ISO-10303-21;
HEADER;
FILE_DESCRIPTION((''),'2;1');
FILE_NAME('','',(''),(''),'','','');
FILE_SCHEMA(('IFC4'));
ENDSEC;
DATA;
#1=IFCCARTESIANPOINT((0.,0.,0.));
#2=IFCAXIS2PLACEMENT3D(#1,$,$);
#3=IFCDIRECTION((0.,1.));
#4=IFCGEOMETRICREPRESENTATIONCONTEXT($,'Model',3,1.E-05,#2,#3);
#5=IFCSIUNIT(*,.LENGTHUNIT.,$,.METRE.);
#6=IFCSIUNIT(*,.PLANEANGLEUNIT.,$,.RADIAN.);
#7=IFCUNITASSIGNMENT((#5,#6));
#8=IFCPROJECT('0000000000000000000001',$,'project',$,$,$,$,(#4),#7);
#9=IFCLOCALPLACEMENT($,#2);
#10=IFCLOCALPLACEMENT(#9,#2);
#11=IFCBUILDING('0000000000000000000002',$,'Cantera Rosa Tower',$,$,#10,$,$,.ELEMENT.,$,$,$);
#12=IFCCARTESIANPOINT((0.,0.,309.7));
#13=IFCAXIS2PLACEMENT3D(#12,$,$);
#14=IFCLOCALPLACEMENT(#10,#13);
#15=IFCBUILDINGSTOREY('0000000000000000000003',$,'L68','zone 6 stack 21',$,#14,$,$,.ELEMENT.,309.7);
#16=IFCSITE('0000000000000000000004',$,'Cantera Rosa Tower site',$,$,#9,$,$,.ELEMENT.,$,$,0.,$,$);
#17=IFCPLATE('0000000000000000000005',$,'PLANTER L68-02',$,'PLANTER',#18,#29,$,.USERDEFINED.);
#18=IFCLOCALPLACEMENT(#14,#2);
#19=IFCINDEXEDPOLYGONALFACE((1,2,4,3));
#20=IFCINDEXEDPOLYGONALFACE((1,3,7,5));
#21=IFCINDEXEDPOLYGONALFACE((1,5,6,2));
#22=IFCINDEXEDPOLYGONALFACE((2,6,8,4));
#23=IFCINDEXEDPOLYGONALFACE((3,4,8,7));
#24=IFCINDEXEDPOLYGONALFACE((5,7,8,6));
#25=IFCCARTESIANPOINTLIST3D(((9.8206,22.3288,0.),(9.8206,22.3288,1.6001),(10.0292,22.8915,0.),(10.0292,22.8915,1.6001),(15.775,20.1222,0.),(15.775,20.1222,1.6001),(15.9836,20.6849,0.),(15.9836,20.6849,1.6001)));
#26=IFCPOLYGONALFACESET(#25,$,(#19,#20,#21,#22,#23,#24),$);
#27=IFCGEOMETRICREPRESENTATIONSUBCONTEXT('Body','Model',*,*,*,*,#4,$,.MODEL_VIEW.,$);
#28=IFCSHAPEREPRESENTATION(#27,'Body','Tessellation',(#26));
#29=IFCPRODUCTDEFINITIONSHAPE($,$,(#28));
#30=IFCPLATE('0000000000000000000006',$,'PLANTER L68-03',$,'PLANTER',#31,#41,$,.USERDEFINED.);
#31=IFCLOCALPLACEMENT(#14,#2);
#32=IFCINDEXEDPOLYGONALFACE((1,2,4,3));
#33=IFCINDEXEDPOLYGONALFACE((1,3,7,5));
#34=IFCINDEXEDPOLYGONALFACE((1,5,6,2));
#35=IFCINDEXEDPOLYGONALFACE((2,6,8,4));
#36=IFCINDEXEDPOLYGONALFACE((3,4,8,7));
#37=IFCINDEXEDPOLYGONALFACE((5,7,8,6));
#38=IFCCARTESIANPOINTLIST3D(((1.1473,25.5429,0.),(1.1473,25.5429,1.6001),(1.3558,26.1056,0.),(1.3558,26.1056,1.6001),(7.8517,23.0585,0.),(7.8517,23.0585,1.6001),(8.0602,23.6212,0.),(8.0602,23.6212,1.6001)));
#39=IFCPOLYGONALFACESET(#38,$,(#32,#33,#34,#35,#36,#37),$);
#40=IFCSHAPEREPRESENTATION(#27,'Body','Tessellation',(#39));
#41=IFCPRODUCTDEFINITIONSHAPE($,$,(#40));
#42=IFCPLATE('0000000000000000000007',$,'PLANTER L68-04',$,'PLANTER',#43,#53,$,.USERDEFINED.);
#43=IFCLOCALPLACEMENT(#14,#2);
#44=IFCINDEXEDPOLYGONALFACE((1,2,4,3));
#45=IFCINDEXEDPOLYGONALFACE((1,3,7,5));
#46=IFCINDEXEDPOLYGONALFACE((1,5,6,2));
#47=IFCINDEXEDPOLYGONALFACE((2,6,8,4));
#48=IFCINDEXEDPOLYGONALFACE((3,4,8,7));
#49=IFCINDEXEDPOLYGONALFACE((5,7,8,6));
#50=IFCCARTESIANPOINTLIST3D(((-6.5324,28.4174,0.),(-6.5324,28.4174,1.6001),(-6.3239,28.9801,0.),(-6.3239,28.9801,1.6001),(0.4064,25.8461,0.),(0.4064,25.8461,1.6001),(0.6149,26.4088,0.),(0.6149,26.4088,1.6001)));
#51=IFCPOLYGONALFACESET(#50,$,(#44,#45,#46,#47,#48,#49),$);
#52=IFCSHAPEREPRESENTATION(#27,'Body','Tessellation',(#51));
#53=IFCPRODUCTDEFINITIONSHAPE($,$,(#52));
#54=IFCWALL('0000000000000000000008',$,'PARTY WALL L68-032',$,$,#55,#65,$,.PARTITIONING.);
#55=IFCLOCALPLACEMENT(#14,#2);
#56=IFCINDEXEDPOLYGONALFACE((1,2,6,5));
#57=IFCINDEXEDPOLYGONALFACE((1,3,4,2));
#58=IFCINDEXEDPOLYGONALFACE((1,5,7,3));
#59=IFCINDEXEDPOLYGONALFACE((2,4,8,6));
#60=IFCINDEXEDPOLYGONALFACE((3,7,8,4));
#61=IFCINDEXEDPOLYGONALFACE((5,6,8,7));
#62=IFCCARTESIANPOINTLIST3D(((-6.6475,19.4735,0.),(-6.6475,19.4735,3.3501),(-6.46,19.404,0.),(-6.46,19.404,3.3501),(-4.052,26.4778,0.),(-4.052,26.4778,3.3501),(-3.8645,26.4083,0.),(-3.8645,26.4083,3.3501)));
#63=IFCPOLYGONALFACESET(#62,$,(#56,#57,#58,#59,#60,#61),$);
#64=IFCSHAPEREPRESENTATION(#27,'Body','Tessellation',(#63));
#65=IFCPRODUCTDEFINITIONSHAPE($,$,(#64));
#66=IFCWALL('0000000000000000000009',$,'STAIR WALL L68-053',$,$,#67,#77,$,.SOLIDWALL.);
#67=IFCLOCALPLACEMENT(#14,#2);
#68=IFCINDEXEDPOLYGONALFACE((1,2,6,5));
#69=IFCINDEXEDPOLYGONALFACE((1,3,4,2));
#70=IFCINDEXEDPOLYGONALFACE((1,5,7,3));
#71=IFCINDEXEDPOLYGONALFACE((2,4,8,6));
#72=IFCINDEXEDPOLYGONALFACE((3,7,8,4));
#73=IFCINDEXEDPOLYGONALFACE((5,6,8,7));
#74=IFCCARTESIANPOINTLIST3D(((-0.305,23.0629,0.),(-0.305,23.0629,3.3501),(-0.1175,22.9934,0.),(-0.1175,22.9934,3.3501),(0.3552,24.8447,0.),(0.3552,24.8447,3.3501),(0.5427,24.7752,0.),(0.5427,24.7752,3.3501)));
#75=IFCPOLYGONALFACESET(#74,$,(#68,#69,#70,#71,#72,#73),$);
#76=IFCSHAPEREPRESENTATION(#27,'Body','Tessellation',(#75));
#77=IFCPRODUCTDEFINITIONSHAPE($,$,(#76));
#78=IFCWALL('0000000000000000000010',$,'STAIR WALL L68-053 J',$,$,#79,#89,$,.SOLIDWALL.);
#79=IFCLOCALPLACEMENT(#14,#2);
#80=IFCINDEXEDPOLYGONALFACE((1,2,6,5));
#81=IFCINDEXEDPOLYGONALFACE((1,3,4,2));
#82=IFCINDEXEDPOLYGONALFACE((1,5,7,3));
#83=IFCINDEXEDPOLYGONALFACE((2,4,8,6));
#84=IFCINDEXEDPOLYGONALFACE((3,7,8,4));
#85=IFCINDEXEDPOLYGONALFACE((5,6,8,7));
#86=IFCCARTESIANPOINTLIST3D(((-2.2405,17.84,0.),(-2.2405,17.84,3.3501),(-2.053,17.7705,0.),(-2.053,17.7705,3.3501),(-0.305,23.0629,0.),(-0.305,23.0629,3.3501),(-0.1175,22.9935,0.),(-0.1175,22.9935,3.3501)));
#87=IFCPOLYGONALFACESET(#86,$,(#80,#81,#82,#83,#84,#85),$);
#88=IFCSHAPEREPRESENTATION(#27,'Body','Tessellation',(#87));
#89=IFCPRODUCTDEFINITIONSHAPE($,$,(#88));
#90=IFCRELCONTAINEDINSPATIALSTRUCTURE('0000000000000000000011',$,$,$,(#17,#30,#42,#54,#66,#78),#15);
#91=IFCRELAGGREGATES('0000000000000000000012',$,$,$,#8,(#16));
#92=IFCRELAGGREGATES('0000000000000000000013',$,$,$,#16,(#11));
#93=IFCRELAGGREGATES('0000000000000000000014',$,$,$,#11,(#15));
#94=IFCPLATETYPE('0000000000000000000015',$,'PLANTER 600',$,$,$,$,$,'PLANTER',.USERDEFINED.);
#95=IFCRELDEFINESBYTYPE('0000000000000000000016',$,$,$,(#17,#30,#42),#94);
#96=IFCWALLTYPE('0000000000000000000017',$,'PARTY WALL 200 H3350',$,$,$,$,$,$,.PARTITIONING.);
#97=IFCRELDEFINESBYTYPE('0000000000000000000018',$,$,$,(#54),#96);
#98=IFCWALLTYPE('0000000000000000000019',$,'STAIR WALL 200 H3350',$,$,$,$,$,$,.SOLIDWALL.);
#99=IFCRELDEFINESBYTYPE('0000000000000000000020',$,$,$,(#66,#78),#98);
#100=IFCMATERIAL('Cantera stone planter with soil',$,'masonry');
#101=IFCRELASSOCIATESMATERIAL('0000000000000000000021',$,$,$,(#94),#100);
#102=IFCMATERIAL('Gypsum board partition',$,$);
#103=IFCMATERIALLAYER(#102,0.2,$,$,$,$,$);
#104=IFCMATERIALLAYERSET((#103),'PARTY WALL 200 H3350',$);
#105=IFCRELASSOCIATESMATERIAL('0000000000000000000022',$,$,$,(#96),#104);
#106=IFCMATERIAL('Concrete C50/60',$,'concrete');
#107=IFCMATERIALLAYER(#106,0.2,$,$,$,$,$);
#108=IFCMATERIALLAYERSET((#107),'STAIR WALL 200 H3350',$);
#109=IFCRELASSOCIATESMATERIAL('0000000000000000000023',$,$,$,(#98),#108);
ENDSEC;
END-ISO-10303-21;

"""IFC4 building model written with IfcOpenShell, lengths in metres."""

from ifc_helpers import new_model, si_unit, direction, frame, frame_2d, origin, origin_2d, place, context, subcontext, project, spatial, rectangle, extrude, material, layer, layer_set, type_object, element, save


model = new_model("IFC4")

# Units and contexts
model_context = context("Model", 3, precision=1e-05, world=origin(), true_north=direction((0.0, 1.0)))
body_context = subcontext(model_context, "Body", "Model", "MODEL_VIEW")
ifc_project = project(units=[si_unit("LENGTHUNIT", "METRE"), si_unit("PLANEANGLEUNIT", "RADIAN")], contexts=[model_context])

# Site, building, storey
site_placement = place(None, origin())
site = spatial("IfcSite", under=ifc_project, at=site_placement, Name="Cantera Rosa Tower site", CompositionType="ELEMENT", RefElevation=0.0)
building_placement = place(site_placement, origin())
building = spatial("IfcBuilding", under=site, at=building_placement, Name="Cantera Rosa Tower", CompositionType="ELEMENT")
storey_placement = place(building_placement, frame((0.0, 0.0, 309.7)))
storey = spatial("IfcBuildingStorey", under=building, at=storey_placement, Name="L68", Description="zone 6 stack 21", CompositionType="ELEMENT", Elevation=309.7)

# Plates
ifc_material_1 = material(Name="Cantera stone planter with soil", Category="masonry")
plate_type = type_object("IfcPlateType", Name="PLANTER 600", ElementType="PLANTER", PredefinedType="USERDEFINED", material=ifc_material_1)
plate_1_placement = place(storey_placement, frame((12.9021, 21.5068, 0.0), z_axis=(0.0, 0.0, 1.0), x_axis=(-0.937687, 0.347481, 0.0)))
element("IfcPlate", 1, at=plate_1_placement, inside=storey, type_object=plate_type, Name="PLANTER L68-02", ObjectType="PLANTER", PredefinedType="USERDEFINED", context=body_context, shape_type="SweptSolid", body=[
    extrude(rectangle(XDim=6.3501, YDim=0.6001, at=origin_2d()), origin(), (0.0, 0.0, 1.0), 1.6001),
])
plate_2_placement = place(storey_placement, frame((4.6038, 24.582, 0.0), z_axis=(0.0, 0.0, 1.0), x_axis=(-0.937687, 0.347481, 0.0)))
element("IfcPlate", 2, at=plate_2_placement, inside=storey, type_object=plate_type, Name="PLANTER L68-03", ObjectType="PLANTER", PredefinedType="USERDEFINED", context=body_context, shape_type="SweptSolid", body=[
    extrude(rectangle(XDim=7.1499, YDim=0.6001, at=origin_2d()), origin(), (0.0, 0.0, 1.0), 1.6001),
])
plate_3_placement = place(storey_placement, frame((-2.9587, 27.4131, 0.0), z_axis=(0.0, 0.0, 1.0), x_axis=(-0.937687, 0.347481, 0.0)))
element("IfcPlate", 3, at=plate_3_placement, inside=storey, type_object=plate_type, Name="PLANTER L68-04", ObjectType="PLANTER", PredefinedType="USERDEFINED", context=body_context, shape_type="SweptSolid", body=[
    extrude(rectangle(XDim=7.3999, YDim=0.6001, at=origin_2d()), origin(), (0.0, 0.0, 1.0), 1.6001),
])

# Walls
ifc_material_2 = material(Name="Gypsum board partition")
ifc_layer_1 = layer(ifc_material_2, 0.2)
ifc_layer_set_1 = layer_set([ifc_layer_1], Name="PARTY WALL 200 H3350")
wall_type_1 = type_object("IfcWallType", Name="PARTY WALL 200 H3350", PredefinedType="PARTITIONING", material=ifc_layer_set_1)
wall_1_placement = place(storey_placement, frame((-6.5537, 19.4387, 0.0), z_axis=(0.0, 0.0, 1.0), x_axis=(0.34746, 0.937695, 0.0)))
element("IfcWall", 4, at=wall_1_placement, inside=storey, type_object=wall_type_1, Name="PARTY WALL L68-032", PredefinedType="PARTITIONING", context=body_context, shape_type="SweptSolid", body=[
    extrude(rectangle(XDim=7.4697, YDim=0.2, at=frame_2d((3.7349, 0.0))), origin(), (0.0, 0.0, 1.0), 3.3501),
])
ifc_material_3 = material(Name="Concrete C50/60", Category="concrete")
ifc_layer_2 = layer(ifc_material_3, 0.2)
ifc_layer_set_2 = layer_set([ifc_layer_2], Name="STAIR WALL 200 H3350")
wall_type_2 = type_object("IfcWallType", Name="STAIR WALL 200 H3350", PredefinedType="SOLIDWALL", material=ifc_layer_set_2)
wall_2_placement = place(storey_placement, frame((0.449, 24.8101, 0.0), z_axis=(0.0, 0.0, 1.0), x_axis=(-0.347432, -0.937705, 0.0)))
element("IfcWall", 5, at=wall_2_placement, inside=storey, type_object=wall_type_2, Name="STAIR WALL L68-053", PredefinedType="SOLIDWALL", context=body_context, shape_type="SweptSolid", body=[
    extrude(rectangle(XDim=1.9001, YDim=0.2, at=frame_2d((0.9502, 0.0))), origin(), (0.0, 0.0, 1.0), 3.3501),
])
wall_3_placement = place(storey_placement, frame((-0.2112, 23.0283, 0.0), z_axis=(0.0, 0.0, 1.0), x_axis=(-0.347494, -0.937682, 0.0)))
element("IfcWall", 6, at=wall_3_placement, inside=storey, type_object=wall_type_2, Name="STAIR WALL L68-053 J", PredefinedType="SOLIDWALL", context=body_context, shape_type="SweptSolid", body=[
    extrude(rectangle(XDim=5.5701, YDim=0.2, at=frame_2d((2.7852, 0.0))), origin(), (0.0, 0.0, 1.0), 3.3501),
])

save(model, "model.ifc")
